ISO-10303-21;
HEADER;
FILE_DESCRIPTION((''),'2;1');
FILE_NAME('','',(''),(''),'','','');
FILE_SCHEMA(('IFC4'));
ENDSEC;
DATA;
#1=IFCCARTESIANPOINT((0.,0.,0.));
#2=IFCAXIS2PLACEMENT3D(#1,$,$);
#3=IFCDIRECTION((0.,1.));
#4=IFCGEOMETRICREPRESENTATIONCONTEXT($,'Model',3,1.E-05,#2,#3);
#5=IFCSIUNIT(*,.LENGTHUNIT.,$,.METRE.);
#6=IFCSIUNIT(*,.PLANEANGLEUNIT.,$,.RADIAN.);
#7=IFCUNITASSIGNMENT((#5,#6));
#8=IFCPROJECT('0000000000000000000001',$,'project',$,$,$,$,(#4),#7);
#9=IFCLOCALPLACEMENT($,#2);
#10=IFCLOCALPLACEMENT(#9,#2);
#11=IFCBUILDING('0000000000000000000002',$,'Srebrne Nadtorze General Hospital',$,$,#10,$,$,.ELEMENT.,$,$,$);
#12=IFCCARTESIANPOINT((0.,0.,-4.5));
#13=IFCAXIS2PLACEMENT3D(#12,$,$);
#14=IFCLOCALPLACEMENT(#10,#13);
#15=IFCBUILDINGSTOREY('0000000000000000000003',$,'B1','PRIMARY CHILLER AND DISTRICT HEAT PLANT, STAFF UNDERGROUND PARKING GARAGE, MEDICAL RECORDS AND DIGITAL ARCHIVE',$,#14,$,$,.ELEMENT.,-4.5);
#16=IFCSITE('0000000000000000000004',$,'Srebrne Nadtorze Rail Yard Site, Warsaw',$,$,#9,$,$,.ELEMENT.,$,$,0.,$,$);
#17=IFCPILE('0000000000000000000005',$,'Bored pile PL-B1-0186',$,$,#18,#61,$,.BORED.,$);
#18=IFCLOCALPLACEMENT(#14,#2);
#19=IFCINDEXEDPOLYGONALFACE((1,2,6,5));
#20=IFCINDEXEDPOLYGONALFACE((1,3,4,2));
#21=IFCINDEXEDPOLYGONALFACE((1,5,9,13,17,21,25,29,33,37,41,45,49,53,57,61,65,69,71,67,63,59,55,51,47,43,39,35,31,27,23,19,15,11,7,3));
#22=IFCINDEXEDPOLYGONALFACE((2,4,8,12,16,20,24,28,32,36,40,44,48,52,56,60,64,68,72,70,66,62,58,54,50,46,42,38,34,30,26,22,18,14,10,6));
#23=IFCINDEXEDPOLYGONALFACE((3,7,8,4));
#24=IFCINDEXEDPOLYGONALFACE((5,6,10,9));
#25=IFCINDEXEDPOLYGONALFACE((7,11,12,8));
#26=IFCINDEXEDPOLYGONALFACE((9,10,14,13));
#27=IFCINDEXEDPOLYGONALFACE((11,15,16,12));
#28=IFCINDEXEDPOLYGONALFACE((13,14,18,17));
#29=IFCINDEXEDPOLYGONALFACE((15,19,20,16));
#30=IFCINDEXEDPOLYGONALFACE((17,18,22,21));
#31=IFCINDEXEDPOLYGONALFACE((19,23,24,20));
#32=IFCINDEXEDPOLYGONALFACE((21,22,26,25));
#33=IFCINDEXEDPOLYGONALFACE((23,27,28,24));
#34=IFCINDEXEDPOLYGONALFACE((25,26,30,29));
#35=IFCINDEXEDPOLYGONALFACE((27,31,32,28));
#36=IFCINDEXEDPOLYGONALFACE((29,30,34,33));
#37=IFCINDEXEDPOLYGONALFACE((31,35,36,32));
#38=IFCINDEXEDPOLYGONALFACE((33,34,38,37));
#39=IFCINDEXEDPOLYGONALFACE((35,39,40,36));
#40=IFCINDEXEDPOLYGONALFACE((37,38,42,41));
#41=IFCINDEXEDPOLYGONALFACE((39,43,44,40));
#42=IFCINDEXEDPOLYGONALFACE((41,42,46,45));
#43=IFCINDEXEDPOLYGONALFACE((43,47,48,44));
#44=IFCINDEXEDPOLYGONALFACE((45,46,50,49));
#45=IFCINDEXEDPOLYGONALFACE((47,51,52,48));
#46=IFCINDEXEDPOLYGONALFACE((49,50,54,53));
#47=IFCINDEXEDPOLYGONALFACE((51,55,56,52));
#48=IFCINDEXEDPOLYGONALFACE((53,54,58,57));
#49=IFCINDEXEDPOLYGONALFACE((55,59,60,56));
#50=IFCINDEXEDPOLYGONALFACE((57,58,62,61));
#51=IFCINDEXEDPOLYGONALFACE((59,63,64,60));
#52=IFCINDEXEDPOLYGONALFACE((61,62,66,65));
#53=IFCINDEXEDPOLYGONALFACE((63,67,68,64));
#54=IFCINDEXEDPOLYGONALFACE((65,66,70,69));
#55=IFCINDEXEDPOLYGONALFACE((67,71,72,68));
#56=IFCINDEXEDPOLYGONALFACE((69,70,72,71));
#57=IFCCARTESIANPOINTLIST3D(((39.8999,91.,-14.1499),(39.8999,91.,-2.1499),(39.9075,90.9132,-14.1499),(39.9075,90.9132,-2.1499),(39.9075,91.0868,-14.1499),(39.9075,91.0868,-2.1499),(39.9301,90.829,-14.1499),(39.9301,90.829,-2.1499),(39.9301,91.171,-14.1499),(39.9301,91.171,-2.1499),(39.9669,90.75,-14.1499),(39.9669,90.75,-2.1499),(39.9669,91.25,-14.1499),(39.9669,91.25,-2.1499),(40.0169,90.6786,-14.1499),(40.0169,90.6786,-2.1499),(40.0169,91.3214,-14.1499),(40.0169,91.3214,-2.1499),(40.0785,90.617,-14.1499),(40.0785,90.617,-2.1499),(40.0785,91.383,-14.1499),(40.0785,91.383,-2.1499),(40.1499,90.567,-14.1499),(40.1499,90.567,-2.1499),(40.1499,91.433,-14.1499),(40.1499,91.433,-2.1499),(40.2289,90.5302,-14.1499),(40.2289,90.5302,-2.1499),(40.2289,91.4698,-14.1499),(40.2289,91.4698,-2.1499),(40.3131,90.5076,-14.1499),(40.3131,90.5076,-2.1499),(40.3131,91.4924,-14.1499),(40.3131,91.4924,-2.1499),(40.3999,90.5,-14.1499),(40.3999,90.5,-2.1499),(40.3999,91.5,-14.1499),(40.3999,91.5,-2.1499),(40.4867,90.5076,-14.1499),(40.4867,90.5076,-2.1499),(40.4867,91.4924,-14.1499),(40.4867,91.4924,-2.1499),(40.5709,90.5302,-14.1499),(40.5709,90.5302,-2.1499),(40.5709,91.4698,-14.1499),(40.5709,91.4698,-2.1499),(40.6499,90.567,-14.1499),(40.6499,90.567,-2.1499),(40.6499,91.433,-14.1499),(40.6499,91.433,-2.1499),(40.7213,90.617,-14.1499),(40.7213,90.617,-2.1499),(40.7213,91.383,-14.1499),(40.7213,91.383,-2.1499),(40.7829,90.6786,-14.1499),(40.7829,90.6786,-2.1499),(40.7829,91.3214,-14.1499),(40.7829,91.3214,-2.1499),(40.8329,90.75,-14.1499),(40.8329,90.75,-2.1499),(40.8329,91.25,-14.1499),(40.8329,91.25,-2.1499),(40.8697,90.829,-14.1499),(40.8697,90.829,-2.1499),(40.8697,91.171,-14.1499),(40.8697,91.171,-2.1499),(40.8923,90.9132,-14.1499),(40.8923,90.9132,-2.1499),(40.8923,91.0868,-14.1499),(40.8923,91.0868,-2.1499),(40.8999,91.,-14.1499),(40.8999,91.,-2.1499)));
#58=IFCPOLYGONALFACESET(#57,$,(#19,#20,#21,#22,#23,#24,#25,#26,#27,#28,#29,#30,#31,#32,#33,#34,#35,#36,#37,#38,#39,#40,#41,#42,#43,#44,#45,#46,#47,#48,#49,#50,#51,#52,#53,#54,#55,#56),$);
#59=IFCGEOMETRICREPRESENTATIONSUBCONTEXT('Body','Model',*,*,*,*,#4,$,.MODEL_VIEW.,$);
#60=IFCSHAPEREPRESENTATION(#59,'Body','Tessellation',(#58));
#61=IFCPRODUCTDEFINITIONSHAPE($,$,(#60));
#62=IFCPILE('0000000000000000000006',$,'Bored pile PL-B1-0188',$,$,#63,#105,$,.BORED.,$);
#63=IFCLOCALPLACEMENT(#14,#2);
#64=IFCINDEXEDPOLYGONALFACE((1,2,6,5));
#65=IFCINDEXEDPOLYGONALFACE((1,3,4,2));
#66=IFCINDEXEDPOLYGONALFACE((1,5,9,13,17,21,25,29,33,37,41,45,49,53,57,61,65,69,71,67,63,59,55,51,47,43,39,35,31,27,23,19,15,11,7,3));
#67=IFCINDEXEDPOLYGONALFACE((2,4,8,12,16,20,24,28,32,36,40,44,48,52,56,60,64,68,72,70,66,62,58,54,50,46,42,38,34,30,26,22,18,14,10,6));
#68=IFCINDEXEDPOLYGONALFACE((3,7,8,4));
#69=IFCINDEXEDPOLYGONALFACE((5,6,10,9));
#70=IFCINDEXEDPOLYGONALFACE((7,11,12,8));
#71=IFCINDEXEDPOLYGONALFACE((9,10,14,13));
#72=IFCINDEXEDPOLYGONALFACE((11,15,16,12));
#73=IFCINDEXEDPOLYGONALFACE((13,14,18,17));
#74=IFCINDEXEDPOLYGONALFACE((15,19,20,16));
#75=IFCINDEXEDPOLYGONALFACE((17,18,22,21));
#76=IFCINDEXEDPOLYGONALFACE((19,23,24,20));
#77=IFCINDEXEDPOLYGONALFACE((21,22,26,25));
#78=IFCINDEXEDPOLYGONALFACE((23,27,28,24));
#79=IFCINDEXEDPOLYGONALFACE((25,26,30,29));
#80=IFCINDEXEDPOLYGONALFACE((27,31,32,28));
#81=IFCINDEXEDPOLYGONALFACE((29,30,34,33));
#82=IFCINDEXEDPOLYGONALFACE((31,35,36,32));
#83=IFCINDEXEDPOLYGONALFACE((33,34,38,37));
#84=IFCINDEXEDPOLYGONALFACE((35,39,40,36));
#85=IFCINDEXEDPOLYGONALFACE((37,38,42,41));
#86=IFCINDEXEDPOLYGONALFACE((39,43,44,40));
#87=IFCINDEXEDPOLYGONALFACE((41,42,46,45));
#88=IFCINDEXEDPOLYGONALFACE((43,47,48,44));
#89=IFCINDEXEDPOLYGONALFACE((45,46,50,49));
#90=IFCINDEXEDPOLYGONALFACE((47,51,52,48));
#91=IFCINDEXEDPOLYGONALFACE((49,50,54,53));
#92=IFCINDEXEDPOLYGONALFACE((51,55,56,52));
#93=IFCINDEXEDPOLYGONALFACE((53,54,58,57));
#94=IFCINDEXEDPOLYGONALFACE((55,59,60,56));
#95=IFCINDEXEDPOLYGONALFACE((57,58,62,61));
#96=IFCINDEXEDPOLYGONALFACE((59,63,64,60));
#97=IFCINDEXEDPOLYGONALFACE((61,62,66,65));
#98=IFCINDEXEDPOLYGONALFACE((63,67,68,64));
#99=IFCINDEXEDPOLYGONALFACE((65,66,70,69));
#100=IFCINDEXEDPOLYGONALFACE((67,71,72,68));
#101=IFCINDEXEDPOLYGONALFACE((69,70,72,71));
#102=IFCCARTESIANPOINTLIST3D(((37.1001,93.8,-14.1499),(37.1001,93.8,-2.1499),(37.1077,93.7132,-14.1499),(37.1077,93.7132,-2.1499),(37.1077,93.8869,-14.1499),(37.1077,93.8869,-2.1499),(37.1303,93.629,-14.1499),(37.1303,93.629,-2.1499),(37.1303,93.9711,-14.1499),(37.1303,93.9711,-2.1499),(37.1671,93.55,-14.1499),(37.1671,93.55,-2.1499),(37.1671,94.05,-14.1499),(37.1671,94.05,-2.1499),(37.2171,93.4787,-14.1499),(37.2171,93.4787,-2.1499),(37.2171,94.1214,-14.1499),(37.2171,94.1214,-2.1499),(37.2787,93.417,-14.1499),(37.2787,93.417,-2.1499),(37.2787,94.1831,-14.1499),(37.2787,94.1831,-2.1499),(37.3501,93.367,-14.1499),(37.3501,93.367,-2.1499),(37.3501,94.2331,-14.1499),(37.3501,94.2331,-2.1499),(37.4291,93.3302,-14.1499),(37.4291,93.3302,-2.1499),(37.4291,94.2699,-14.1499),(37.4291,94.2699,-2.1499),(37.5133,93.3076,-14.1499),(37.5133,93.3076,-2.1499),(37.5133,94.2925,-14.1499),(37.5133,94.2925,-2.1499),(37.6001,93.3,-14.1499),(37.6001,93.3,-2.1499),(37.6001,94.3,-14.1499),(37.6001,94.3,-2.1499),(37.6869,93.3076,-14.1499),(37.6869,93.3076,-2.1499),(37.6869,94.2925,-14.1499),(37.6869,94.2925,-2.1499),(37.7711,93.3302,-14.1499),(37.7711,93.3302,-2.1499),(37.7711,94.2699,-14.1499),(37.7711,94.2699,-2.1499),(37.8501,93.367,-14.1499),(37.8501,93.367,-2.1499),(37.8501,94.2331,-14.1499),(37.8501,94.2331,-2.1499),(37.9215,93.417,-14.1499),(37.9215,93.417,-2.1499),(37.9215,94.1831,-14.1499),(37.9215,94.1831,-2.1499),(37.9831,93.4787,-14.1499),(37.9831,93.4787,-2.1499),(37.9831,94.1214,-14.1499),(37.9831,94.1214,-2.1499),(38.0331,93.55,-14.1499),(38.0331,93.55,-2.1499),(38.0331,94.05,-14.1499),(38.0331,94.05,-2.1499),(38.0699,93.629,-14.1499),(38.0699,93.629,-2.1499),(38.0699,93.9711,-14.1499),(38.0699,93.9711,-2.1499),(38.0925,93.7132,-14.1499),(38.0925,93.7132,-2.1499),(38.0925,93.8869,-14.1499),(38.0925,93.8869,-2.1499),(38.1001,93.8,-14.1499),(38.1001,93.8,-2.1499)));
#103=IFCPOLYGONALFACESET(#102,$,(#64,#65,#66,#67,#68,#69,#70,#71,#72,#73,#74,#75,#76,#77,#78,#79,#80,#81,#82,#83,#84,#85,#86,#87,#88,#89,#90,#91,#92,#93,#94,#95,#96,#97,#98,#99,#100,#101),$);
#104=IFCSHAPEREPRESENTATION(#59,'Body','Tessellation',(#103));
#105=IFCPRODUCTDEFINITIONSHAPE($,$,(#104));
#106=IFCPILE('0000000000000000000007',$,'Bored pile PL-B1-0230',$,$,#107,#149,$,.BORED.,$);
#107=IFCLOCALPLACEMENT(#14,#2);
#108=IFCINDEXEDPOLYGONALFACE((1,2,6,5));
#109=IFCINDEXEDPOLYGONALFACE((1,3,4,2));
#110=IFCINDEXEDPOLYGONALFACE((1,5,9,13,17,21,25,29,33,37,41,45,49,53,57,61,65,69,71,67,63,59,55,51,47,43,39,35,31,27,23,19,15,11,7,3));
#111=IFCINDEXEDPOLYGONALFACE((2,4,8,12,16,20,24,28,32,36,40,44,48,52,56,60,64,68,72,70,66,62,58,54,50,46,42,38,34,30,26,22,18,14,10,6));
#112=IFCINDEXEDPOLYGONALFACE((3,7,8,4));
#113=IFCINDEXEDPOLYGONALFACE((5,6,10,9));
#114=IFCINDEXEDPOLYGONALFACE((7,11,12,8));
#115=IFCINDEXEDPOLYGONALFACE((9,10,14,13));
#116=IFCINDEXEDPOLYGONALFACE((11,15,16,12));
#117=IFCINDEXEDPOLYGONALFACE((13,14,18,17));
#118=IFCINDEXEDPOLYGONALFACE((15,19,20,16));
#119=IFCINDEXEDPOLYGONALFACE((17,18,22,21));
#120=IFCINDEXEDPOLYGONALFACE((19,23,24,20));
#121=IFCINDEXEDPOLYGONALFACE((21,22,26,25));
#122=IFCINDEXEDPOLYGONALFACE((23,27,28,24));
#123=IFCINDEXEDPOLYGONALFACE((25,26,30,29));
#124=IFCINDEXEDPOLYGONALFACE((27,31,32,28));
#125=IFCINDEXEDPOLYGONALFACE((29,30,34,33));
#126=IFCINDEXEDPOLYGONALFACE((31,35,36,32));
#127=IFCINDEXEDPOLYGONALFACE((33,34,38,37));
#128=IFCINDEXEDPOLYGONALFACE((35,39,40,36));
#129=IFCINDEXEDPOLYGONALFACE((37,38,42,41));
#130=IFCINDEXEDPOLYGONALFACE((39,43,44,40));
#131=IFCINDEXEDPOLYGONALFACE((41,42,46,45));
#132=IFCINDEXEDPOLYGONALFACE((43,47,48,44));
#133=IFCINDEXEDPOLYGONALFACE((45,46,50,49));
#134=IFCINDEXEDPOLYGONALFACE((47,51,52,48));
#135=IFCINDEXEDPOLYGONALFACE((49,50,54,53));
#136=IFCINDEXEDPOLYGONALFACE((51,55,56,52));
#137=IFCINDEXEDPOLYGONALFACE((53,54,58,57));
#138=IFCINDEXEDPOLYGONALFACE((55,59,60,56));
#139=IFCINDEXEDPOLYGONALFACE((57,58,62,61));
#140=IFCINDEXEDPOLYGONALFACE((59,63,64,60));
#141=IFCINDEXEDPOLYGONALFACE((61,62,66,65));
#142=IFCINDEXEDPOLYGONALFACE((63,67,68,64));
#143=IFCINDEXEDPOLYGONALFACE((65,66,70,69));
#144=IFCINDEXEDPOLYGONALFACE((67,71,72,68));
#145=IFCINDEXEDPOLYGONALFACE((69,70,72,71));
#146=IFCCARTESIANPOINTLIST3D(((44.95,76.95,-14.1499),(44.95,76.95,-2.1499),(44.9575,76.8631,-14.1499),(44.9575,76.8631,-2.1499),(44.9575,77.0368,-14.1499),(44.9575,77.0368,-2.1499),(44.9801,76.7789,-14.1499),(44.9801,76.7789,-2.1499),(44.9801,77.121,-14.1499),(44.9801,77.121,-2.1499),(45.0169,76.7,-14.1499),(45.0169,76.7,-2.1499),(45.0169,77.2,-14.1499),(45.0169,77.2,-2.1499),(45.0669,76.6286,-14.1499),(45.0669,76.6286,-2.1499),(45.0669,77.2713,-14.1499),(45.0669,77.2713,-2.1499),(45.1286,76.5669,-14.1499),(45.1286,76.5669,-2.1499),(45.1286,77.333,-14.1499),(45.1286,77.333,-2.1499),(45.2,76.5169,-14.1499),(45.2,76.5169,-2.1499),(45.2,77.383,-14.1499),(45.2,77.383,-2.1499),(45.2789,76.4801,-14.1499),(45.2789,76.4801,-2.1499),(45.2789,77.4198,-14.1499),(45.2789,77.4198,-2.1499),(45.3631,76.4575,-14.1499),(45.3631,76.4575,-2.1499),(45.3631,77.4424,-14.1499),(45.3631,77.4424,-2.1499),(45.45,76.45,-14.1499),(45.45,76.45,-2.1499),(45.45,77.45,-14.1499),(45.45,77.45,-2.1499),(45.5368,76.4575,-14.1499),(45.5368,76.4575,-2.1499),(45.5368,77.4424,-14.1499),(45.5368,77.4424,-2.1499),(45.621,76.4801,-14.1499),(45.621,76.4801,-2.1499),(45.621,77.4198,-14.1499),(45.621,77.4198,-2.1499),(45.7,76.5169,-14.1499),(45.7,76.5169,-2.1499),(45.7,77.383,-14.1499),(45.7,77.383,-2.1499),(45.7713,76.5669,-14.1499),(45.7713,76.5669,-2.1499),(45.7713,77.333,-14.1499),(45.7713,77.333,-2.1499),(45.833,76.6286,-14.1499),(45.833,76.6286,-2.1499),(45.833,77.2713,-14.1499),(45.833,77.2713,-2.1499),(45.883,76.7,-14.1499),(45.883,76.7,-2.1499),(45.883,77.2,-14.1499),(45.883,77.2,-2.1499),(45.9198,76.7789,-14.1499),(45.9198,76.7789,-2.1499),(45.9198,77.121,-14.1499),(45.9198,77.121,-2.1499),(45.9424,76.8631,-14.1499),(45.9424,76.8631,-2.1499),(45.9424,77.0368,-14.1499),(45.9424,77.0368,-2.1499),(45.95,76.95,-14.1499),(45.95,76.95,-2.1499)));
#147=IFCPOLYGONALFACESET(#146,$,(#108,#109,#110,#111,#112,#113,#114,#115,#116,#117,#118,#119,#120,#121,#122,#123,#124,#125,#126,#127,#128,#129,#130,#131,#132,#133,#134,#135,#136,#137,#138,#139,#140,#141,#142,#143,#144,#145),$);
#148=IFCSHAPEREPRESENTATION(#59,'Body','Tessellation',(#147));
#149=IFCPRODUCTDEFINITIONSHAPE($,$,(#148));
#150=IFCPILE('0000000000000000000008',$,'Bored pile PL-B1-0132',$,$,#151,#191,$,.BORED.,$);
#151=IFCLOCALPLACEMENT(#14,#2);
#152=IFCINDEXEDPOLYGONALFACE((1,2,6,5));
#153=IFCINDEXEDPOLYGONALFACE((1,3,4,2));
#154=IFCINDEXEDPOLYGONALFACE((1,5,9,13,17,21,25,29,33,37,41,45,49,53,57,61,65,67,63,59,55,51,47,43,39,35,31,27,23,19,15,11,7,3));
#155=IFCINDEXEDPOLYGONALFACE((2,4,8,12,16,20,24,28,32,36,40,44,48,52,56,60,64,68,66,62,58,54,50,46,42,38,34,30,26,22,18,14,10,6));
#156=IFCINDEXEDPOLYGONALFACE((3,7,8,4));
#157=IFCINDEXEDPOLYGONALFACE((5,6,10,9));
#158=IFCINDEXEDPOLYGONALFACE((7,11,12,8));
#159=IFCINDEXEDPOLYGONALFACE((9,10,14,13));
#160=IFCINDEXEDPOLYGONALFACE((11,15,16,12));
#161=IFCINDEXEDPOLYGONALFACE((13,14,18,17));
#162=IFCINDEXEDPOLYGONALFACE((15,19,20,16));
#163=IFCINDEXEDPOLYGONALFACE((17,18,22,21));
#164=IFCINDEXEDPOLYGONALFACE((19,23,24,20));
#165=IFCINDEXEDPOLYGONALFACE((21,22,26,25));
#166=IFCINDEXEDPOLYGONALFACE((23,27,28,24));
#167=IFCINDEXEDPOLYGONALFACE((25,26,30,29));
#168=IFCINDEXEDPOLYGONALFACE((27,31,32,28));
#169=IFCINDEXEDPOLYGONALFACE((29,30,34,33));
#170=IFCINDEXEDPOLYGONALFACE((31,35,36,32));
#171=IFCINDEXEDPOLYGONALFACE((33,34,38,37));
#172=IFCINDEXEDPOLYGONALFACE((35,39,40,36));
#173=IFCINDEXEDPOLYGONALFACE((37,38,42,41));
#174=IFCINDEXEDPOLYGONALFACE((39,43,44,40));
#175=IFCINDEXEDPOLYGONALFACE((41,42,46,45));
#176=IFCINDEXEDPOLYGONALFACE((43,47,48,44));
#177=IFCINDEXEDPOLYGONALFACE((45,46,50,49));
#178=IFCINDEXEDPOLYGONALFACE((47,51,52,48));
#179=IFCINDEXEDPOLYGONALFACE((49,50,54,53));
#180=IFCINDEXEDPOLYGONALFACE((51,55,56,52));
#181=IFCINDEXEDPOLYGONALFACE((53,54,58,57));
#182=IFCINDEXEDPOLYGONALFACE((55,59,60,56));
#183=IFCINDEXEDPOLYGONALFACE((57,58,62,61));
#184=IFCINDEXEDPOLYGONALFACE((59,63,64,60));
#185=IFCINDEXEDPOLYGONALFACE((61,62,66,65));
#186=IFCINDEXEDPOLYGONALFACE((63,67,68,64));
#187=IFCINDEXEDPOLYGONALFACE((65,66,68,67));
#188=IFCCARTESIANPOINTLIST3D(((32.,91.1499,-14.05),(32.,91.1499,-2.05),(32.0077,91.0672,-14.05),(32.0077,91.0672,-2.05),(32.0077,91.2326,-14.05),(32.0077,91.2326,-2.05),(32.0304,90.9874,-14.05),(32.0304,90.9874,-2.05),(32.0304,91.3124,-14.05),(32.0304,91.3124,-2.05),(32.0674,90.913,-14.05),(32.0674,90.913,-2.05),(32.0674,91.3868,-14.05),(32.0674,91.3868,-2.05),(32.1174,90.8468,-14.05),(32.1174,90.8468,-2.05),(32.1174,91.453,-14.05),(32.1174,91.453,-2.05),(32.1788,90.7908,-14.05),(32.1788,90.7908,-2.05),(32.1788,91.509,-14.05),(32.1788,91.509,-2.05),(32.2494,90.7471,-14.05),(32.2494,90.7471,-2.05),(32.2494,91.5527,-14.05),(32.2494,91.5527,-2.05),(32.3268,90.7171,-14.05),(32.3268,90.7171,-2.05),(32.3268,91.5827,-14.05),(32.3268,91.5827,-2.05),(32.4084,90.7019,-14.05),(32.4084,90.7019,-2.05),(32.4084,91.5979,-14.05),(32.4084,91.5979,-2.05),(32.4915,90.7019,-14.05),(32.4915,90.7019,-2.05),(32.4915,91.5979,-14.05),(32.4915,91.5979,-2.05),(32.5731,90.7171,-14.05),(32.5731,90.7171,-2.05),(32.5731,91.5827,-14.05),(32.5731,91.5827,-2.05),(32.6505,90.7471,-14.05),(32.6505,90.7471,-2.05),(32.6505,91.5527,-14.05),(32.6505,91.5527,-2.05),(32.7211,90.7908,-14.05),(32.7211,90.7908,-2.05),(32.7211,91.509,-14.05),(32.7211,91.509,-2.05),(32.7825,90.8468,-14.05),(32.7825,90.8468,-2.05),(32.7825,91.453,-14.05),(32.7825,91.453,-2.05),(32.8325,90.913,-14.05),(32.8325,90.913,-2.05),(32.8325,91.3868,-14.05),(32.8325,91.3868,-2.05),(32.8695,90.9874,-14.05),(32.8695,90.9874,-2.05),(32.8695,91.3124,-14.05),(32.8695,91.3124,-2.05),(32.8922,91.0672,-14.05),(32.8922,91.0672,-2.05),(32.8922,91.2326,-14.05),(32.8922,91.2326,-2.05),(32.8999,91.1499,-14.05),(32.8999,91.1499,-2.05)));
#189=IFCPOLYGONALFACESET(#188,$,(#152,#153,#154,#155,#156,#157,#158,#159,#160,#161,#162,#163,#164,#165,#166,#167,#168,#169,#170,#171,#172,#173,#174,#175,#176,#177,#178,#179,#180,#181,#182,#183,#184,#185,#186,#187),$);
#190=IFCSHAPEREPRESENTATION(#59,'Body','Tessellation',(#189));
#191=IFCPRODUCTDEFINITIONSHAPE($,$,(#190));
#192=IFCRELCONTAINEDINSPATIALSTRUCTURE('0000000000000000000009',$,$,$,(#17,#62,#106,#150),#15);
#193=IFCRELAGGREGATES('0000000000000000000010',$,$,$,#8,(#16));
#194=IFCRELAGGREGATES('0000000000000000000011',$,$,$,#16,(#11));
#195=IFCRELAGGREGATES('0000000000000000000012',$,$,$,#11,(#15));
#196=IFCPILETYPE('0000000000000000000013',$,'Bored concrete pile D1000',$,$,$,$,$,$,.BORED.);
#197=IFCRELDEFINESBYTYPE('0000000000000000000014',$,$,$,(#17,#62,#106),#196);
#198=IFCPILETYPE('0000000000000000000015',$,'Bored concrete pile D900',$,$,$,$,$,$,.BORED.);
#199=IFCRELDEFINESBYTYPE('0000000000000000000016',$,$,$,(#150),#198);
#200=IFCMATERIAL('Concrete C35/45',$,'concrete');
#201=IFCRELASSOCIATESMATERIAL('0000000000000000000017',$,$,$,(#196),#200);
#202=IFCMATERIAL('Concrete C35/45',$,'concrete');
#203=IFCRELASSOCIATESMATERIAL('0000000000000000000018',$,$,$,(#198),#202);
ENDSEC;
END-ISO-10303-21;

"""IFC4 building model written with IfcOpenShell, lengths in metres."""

from ifc_helpers import new_model, si_unit, direction, frame, origin, origin_2d, place, context, subcontext, project, spatial, circle, extrude, material, material_profile, profile_set, type_object, element, save


model = new_model("IFC4")

# Units and contexts
model_context = context("Model", 3, precision=1e-05, world=origin(), true_north=direction((0.0, 1.0)))
body_context = subcontext(model_context, "Body", "Model", "MODEL_VIEW")
ifc_project = project(units=[si_unit("LENGTHUNIT", "METRE"), si_unit("PLANEANGLEUNIT", "RADIAN")], contexts=[model_context])

# Site, building, storey
site_placement = place(None, origin())
site = spatial("IfcSite", under=ifc_project, at=site_placement, Name="Srebrne Nadtorze Rail Yard Site, Warsaw", CompositionType="ELEMENT", RefElevation=0.0)
building_placement = place(site_placement, origin())
building = spatial("IfcBuilding", under=site, at=building_placement, Name="Srebrne Nadtorze General Hospital", CompositionType="ELEMENT")
storey_placement = place(building_placement, frame((0.0, 0.0, -4.5)))
storey = spatial("IfcBuildingStorey", under=building, at=storey_placement, Name="B1", Description="PRIMARY CHILLER AND DISTRICT HEAT PLANT, STAFF UNDERGROUND PARKING GARAGE, MEDICAL RECORDS AND DIGITAL ARCHIVE", CompositionType="ELEMENT", Elevation=-4.5)

# Piles
ifc_material_1 = material(Name="Concrete C35/45", Category="concrete")
ifc_material_profile_1 = material_profile(ifc_material_1, circle(Radius=0.5, at=origin_2d()), Name="PILE-D1000")
ifc_profile_set_1 = profile_set([ifc_material_profile_1], Name="Concrete C35/45")
pile_type_1 = type_object("IfcPileType", Name="Bored concrete pile D1000", PredefinedType="BORED", material=ifc_profile_set_1)
for number, where, z_axis, x_axis, name in (
    (1, (40.3999, 91.0, -2.1499), (0.0, 0.0, -1.0), (1.0, 0.0, 0.0), "Bored pile PL-B1-0186"),
    (2, (37.6001, 93.8, -2.1499), (0.0, 0.0, -1.0), (1.0, 0.0, 0.0), "Bored pile PL-B1-0188"),
    (3, (45.45, 76.95, -2.1499), (0.0, 0.0, -1.0), (1.0, 0.0, 0.0), "Bored pile PL-B1-0230"),
):
    element("IfcPile", number, at=place(storey_placement, frame(where, z_axis=z_axis, x_axis=x_axis)), inside=storey, type_object=pile_type_1, Name=name, PredefinedType="BORED", context=body_context, shape_type="SweptSolid", body=[
        extrude(circle(Radius=0.5, at=origin_2d()), origin(), (0.0, 0.0, 1.0), 12.0),
    ])
ifc_material_2 = material(Name="Concrete C35/45", Category="concrete")
ifc_material_profile_2 = material_profile(ifc_material_2, circle(Radius=0.45, at=origin_2d()), Name="PILE-D900")
ifc_profile_set_2 = profile_set([ifc_material_profile_2], Name="Concrete C35/45")
pile_type_2 = type_object("IfcPileType", Name="Bored concrete pile D900", PredefinedType="BORED", material=ifc_profile_set_2)
for number, where, z_axis, x_axis, name in (
    (4, (32.45, 91.1499, -2.05), (0.0, 0.0, -1.0), (1.0, 0.0, 0.0), "Bored pile PL-B1-0132"),
):
    element("IfcPile", number, at=place(storey_placement, frame(where, z_axis=z_axis, x_axis=x_axis)), inside=storey, type_object=pile_type_2, Name=name, PredefinedType="BORED", context=body_context, shape_type="SweptSolid", body=[
        extrude(circle(Radius=0.45, at=origin_2d()), origin(), (0.0, 0.0, 1.0), 12.0),
    ])

save(model, "model.ifc")
